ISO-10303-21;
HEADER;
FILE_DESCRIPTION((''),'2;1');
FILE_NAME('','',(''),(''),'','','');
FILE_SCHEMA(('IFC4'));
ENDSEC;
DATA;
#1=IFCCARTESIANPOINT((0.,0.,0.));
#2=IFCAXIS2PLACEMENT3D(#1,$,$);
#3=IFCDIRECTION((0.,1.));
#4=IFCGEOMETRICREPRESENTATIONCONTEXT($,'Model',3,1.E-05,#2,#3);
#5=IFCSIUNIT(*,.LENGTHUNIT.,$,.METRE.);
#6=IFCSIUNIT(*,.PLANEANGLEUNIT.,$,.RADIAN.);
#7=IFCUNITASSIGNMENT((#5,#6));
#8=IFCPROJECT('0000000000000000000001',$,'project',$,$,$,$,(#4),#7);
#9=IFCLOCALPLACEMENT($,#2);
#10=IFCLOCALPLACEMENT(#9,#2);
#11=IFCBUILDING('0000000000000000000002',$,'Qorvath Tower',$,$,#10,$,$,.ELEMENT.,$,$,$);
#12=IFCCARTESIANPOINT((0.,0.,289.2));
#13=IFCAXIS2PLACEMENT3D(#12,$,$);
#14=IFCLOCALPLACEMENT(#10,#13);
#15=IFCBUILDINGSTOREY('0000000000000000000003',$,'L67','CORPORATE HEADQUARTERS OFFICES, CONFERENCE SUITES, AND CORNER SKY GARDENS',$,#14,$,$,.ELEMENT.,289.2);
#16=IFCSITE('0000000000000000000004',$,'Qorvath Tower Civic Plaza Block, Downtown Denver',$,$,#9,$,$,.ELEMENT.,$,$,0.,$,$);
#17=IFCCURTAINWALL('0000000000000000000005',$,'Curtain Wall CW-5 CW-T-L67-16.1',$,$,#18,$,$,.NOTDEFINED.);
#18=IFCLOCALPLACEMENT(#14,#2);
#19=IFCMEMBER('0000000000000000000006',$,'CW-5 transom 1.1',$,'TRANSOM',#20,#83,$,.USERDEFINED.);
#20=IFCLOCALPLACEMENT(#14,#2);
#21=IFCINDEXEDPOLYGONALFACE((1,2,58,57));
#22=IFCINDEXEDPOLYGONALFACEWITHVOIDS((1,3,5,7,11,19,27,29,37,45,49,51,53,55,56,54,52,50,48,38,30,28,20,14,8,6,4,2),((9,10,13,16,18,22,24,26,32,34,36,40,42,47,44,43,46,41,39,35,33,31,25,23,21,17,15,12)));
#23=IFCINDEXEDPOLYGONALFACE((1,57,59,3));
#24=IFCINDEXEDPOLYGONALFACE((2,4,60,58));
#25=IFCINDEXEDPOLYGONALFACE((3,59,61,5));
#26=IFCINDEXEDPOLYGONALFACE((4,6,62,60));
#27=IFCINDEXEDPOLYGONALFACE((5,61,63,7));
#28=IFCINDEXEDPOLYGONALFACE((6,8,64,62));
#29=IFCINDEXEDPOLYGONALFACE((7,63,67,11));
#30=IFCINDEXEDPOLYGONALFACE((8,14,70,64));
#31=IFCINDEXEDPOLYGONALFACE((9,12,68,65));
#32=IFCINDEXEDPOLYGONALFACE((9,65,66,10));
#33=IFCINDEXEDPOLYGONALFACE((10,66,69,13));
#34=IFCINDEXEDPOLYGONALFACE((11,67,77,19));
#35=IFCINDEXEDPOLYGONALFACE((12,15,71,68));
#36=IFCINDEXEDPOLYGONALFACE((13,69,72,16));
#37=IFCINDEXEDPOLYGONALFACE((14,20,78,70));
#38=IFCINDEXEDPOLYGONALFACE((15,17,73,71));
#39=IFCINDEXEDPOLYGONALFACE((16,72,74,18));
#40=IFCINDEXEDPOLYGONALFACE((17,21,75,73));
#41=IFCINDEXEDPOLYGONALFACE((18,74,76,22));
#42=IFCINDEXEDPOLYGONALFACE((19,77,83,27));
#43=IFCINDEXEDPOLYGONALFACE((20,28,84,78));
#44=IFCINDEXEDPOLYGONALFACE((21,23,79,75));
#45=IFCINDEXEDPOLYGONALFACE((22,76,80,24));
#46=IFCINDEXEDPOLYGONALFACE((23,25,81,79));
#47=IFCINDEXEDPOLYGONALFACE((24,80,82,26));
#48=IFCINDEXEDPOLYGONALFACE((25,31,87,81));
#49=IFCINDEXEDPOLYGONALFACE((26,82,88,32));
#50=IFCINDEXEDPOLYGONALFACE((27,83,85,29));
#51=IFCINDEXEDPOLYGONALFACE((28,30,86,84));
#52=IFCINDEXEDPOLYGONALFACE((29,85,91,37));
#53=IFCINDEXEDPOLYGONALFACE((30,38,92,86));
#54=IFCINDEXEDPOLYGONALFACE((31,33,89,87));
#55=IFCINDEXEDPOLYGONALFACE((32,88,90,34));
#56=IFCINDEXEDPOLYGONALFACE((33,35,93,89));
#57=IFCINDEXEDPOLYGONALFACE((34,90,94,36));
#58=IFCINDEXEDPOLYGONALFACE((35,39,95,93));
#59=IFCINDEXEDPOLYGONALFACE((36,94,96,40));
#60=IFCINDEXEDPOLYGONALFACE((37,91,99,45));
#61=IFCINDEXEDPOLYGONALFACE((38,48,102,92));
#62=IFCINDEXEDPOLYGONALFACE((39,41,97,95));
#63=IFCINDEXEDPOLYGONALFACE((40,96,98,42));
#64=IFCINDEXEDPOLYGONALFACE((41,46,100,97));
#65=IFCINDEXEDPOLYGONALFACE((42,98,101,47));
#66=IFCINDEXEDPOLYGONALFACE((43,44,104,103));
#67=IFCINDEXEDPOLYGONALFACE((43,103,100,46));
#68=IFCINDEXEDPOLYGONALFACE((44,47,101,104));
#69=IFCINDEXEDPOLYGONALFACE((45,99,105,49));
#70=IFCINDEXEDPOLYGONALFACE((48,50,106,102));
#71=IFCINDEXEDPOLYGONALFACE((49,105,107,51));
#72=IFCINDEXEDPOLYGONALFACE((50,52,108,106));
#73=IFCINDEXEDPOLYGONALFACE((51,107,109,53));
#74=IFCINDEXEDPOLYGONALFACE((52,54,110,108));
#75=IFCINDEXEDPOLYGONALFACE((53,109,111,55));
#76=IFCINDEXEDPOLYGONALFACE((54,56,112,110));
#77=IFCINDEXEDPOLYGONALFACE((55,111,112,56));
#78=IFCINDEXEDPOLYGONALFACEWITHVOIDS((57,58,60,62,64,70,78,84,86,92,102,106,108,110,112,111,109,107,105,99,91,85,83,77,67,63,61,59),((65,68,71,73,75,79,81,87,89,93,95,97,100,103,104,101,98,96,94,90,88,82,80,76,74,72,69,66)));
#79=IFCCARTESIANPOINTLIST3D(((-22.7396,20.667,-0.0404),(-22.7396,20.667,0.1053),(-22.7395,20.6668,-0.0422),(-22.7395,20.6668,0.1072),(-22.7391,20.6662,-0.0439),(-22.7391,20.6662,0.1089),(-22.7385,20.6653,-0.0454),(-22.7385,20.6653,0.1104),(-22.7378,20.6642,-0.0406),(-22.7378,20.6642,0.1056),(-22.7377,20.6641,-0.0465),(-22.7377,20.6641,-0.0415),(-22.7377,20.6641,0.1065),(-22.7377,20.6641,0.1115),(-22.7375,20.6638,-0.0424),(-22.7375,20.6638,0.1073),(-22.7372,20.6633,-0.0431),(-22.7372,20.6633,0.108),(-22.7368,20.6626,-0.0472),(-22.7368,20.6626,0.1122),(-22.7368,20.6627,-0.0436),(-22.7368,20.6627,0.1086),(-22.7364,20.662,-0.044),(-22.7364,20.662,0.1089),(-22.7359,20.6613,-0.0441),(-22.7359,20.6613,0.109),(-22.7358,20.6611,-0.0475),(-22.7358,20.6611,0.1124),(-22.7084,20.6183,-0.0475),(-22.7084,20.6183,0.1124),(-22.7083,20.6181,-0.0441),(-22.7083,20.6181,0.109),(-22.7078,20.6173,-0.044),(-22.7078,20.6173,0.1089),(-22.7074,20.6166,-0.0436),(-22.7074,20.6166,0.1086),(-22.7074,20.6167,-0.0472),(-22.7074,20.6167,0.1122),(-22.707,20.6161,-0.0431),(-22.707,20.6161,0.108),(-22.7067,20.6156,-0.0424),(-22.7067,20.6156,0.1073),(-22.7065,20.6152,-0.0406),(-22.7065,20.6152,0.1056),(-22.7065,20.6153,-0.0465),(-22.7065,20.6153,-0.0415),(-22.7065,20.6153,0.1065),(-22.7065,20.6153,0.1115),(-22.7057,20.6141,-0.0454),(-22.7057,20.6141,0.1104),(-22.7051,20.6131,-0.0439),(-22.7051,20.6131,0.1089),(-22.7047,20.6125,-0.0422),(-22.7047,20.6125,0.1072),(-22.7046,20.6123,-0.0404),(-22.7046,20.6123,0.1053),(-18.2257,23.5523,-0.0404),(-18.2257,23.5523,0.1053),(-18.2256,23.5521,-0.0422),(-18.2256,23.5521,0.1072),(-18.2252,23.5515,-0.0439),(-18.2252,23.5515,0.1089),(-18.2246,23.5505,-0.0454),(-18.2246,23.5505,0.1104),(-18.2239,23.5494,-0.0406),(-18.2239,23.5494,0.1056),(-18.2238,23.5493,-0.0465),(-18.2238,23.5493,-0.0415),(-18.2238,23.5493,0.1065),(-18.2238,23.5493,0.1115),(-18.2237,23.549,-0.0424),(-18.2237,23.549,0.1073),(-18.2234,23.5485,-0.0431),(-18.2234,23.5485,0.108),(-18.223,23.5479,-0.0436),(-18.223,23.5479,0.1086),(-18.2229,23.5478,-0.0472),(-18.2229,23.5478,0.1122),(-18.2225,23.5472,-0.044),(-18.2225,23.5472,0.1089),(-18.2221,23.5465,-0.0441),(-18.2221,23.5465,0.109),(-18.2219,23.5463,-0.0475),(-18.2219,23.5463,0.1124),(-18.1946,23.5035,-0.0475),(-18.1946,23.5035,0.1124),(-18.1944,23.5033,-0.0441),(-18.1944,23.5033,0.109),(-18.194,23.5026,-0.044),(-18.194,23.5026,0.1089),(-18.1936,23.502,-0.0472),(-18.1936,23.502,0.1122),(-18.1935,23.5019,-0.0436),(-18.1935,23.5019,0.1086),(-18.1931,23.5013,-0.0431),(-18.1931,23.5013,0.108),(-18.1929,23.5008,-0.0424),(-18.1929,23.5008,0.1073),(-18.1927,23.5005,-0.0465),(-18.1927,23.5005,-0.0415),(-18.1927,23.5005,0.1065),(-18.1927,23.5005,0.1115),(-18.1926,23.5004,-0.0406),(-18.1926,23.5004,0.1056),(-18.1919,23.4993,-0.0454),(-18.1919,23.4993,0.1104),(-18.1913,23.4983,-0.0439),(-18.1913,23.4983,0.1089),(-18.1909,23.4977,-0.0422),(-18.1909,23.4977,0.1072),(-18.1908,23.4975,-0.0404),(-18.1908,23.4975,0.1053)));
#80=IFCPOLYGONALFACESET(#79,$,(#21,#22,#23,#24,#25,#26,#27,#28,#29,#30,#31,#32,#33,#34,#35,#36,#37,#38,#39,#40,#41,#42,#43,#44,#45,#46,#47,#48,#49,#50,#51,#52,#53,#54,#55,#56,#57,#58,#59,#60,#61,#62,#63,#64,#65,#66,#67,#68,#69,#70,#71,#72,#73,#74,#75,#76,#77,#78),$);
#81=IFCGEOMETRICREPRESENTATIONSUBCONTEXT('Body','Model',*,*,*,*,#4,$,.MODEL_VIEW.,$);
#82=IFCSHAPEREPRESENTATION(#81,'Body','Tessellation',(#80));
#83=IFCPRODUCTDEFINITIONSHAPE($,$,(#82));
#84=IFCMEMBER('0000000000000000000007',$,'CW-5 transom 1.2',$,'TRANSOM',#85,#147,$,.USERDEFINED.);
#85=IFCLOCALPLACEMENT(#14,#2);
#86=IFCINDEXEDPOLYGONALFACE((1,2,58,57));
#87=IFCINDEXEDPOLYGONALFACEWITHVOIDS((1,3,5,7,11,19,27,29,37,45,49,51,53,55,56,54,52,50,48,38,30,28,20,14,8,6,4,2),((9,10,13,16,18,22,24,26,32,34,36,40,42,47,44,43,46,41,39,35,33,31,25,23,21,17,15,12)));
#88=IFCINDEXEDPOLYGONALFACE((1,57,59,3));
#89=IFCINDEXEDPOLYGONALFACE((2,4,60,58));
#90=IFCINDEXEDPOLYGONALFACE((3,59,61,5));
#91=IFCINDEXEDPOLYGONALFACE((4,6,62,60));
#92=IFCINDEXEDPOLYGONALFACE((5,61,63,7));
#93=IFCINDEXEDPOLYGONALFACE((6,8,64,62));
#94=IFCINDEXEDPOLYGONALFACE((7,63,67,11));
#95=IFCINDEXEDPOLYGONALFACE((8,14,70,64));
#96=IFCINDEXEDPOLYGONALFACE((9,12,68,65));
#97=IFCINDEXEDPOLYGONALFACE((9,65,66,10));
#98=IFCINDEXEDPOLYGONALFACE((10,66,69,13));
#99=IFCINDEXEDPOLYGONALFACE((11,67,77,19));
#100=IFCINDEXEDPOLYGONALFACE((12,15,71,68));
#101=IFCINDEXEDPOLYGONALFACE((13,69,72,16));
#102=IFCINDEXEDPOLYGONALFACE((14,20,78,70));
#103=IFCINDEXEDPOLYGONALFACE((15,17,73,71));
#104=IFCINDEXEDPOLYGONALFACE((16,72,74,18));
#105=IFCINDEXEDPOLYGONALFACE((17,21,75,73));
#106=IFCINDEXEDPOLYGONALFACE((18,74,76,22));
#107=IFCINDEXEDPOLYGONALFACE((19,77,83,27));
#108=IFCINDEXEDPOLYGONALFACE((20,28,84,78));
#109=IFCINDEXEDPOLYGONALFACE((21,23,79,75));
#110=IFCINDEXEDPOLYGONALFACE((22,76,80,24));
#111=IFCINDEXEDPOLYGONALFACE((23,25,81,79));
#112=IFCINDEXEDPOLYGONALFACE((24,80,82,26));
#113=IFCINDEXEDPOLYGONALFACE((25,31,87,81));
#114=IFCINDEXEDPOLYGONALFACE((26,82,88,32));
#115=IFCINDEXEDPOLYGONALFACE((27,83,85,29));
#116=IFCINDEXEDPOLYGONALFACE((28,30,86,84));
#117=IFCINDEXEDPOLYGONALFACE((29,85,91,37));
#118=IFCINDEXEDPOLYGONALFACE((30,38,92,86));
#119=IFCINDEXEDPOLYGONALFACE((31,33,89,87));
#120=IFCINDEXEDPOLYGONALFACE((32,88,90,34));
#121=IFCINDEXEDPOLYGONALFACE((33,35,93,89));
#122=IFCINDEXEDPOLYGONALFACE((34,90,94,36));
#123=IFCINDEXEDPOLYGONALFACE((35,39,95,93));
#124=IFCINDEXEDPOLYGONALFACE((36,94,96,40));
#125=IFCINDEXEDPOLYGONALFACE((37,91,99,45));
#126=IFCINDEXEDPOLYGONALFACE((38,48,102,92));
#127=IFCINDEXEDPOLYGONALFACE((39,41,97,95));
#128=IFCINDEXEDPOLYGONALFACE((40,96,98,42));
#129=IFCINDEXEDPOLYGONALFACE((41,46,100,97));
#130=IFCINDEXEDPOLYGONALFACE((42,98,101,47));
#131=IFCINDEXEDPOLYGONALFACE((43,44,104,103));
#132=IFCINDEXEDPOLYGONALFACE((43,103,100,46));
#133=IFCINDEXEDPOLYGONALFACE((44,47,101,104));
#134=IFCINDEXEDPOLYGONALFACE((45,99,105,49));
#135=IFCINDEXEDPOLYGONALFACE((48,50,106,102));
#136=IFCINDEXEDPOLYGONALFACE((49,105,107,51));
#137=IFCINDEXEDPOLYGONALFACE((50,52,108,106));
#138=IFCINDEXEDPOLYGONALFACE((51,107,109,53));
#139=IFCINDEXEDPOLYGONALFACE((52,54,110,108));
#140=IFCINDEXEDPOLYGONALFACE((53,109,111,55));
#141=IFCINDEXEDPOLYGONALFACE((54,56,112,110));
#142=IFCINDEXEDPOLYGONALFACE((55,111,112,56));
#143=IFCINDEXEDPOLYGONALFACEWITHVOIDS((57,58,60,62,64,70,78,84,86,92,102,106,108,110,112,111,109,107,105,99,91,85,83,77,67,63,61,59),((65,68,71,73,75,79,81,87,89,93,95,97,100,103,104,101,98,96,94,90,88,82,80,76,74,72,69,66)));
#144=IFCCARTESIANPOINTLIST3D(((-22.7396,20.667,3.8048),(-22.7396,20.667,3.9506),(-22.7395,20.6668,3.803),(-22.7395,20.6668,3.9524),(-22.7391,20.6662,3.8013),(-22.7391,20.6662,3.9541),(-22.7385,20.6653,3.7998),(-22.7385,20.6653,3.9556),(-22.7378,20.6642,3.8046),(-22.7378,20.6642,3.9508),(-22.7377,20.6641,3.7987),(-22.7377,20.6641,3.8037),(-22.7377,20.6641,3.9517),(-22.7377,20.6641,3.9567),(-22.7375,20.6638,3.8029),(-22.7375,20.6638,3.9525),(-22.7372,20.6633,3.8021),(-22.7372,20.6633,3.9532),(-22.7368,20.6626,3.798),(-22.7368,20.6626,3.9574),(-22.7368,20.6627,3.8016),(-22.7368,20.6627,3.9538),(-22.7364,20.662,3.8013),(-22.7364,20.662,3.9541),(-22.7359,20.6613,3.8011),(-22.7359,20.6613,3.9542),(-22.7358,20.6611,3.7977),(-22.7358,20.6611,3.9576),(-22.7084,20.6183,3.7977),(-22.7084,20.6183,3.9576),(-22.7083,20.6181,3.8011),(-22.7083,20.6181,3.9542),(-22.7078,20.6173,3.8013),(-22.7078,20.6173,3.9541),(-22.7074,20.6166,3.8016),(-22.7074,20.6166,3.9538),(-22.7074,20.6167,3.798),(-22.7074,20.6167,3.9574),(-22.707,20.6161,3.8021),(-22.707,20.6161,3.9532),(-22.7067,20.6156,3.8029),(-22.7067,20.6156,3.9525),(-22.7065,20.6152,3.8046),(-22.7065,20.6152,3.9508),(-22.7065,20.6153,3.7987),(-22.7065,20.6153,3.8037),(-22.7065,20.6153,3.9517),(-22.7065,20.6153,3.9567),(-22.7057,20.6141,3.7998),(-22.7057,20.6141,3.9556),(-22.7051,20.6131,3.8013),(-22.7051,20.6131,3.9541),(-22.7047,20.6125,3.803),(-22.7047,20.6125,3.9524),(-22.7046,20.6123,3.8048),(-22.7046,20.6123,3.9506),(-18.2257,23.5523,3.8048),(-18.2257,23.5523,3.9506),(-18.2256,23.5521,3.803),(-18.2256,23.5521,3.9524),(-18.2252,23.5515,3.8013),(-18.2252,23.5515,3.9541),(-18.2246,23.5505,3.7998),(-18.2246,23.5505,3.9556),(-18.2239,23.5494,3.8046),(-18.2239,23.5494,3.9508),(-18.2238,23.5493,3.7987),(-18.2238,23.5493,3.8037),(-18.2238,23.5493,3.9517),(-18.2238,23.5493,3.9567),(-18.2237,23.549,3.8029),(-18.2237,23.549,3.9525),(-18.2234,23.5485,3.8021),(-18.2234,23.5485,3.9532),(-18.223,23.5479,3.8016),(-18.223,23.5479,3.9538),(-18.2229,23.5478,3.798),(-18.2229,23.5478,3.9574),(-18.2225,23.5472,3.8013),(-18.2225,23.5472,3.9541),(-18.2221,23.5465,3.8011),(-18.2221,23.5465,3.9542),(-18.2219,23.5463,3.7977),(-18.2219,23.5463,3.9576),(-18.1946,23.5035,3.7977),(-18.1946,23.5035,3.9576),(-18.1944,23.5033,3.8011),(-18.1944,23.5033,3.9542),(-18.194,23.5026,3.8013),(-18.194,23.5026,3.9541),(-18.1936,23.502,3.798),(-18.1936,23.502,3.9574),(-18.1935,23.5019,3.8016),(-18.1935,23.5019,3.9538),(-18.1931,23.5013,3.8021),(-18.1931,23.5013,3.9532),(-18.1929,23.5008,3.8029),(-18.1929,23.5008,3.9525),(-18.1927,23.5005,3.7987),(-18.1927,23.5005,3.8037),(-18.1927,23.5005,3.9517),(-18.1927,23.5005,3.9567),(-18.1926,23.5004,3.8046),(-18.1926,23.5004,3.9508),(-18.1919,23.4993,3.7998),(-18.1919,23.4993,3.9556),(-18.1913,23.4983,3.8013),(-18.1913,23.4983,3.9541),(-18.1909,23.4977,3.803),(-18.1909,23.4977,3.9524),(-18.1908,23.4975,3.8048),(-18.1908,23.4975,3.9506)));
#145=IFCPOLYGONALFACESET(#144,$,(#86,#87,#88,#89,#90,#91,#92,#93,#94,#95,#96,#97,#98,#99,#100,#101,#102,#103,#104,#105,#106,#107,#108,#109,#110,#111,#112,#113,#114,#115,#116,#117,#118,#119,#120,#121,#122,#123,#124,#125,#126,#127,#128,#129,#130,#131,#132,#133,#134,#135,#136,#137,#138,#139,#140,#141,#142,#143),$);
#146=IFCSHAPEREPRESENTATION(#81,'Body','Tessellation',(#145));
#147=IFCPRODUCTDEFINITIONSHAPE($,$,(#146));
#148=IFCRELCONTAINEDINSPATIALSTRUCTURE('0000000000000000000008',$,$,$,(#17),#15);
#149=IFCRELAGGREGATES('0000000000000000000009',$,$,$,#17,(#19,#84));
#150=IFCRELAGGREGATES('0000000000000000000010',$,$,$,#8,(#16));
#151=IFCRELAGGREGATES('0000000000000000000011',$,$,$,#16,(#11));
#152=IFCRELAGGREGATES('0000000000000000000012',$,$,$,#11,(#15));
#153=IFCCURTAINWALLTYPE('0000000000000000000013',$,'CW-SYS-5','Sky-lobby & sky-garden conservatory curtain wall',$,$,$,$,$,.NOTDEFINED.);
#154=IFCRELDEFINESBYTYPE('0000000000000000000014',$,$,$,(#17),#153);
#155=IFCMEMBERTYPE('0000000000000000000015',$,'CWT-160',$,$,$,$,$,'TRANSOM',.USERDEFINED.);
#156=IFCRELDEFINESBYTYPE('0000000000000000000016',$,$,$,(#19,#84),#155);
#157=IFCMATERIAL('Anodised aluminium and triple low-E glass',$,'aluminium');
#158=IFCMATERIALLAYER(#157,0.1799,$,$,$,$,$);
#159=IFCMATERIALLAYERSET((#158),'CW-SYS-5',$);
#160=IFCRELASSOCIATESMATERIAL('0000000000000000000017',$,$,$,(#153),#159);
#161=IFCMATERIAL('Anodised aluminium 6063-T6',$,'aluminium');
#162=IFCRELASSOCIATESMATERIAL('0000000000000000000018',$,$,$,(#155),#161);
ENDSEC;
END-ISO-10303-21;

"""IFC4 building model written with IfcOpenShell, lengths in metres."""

from ifc_helpers import new_model, si_unit, direction, frame, origin, origin_2d, place, context, subcontext, project, spatial, hollow_rectangle, extrude, material, layer, layer_set, material_profile, profile_set, type_object, element, aggregate, save


model = new_model("IFC4")

# Units and contexts
model_context = context("Model", 3, precision=1e-05, world=origin(), true_north=direction((0.0, 1.0)))
body_context = subcontext(model_context, "Body", "Model", "MODEL_VIEW")
ifc_project = project(units=[si_unit("LENGTHUNIT", "METRE"), si_unit("PLANEANGLEUNIT", "RADIAN")], contexts=[model_context])

# Site, building, storey
site_placement = place(None, origin())
site = spatial("IfcSite", under=ifc_project, at=site_placement, Name="Qorvath Tower Civic Plaza Block, Downtown Denver", CompositionType="ELEMENT", RefElevation=0.0)
building_placement = place(site_placement, origin())
building = spatial("IfcBuilding", under=site, at=building_placement, Name="Qorvath Tower", CompositionType="ELEMENT")
storey_placement = place(building_placement, frame((0.0, 0.0, 289.2)))
storey = spatial("IfcBuildingStorey", under=building, at=storey_placement, Name="L67", Description="CORPORATE HEADQUARTERS OFFICES, CONFERENCE SUITES, AND CORNER SKY GARDENS", CompositionType="ELEMENT", Elevation=289.2)

# Shared definitions
ifc_material_1 = material(Name="Anodised aluminium and triple low-E glass", Category="aluminium")
ifc_layer_1 = layer(ifc_material_1, 0.1799)
ifc_layer_set_1 = layer_set([ifc_layer_1], Name="CW-SYS-5")
curtain_wall_type = type_object("IfcCurtainWallType", Name="CW-SYS-5", Description="Sky-lobby & sky-garden conservatory curtain wall", PredefinedType="NOTDEFINED", material=ifc_layer_set_1)

# Curtain wall
curtain_wall_1_placement = place(storey_placement, origin())
curtain_wall_1 = element("IfcCurtainWall", 1, at=curtain_wall_1_placement, inside=storey, type_object=curtain_wall_type, Name="Curtain Wall CW-5 CW-T-L67-16.1", PredefinedType="NOTDEFINED")

# Members
ifc_material_2 = material(Name="Anodised aluminium 6063-T6", Category="aluminium")
ifc_material_profile_1 = material_profile(ifc_material_2, hollow_rectangle(XDim=0.0649, YDim=0.1599, WallThickness=0.0034, InnerFilletRadius=0.0034, OuterFilletRadius=0.0071, at=origin_2d()), Name="CWT 160x65")
ifc_profile_set_1 = profile_set([ifc_material_profile_1], Name="Anodised aluminium 6063-T6")
member_type_1 = type_object("IfcMemberType", Name="CWT-160", ElementType="TRANSOM", PredefinedType="USERDEFINED", material=ifc_profile_set_1)
member_1_placement = place(storey_placement, frame((-18.2083, 23.5249, 0.0325), z_axis=(-0.842581, -0.53857, 0.0), x_axis=(0.53857, -0.842581, 0.0)))
member_1 = element("IfcMember", 2, at=member_1_placement, type_object=member_type_1, Name="CW-5 transom 1.1", ObjectType="TRANSOM", PredefinedType="USERDEFINED", context=body_context, shape_type="SweptSolid", body=[
    extrude(hollow_rectangle(XDim=0.0649, YDim=0.1599, WallThickness=0.0034, InnerFilletRadius=0.0034, OuterFilletRadius=0.0071, at=origin_2d()), origin(), (0.0, 0.0, 1.0), 5.3572),
])
member_2_placement = place(storey_placement, frame((-18.2083, 23.5249, 3.8777), z_axis=(-0.842581, -0.53857, 0.0), x_axis=(0.53857, -0.842581, 0.0)))
member_2 = element("IfcMember", 3, at=member_2_placement, type_object=member_type_1, Name="CW-5 transom 1.2", ObjectType="TRANSOM", PredefinedType="USERDEFINED", context=body_context, shape_type="SweptSolid", body=[
    extrude(hollow_rectangle(XDim=0.0649, YDim=0.1599, WallThickness=0.0034, InnerFilletRadius=0.0034, OuterFilletRadius=0.0071, at=origin_2d()), origin(), (0.0, 0.0, 1.0), 5.3572),
])
aggregate(curtain_wall_1, [member_1, member_2])

save(model, "model.ifc")
